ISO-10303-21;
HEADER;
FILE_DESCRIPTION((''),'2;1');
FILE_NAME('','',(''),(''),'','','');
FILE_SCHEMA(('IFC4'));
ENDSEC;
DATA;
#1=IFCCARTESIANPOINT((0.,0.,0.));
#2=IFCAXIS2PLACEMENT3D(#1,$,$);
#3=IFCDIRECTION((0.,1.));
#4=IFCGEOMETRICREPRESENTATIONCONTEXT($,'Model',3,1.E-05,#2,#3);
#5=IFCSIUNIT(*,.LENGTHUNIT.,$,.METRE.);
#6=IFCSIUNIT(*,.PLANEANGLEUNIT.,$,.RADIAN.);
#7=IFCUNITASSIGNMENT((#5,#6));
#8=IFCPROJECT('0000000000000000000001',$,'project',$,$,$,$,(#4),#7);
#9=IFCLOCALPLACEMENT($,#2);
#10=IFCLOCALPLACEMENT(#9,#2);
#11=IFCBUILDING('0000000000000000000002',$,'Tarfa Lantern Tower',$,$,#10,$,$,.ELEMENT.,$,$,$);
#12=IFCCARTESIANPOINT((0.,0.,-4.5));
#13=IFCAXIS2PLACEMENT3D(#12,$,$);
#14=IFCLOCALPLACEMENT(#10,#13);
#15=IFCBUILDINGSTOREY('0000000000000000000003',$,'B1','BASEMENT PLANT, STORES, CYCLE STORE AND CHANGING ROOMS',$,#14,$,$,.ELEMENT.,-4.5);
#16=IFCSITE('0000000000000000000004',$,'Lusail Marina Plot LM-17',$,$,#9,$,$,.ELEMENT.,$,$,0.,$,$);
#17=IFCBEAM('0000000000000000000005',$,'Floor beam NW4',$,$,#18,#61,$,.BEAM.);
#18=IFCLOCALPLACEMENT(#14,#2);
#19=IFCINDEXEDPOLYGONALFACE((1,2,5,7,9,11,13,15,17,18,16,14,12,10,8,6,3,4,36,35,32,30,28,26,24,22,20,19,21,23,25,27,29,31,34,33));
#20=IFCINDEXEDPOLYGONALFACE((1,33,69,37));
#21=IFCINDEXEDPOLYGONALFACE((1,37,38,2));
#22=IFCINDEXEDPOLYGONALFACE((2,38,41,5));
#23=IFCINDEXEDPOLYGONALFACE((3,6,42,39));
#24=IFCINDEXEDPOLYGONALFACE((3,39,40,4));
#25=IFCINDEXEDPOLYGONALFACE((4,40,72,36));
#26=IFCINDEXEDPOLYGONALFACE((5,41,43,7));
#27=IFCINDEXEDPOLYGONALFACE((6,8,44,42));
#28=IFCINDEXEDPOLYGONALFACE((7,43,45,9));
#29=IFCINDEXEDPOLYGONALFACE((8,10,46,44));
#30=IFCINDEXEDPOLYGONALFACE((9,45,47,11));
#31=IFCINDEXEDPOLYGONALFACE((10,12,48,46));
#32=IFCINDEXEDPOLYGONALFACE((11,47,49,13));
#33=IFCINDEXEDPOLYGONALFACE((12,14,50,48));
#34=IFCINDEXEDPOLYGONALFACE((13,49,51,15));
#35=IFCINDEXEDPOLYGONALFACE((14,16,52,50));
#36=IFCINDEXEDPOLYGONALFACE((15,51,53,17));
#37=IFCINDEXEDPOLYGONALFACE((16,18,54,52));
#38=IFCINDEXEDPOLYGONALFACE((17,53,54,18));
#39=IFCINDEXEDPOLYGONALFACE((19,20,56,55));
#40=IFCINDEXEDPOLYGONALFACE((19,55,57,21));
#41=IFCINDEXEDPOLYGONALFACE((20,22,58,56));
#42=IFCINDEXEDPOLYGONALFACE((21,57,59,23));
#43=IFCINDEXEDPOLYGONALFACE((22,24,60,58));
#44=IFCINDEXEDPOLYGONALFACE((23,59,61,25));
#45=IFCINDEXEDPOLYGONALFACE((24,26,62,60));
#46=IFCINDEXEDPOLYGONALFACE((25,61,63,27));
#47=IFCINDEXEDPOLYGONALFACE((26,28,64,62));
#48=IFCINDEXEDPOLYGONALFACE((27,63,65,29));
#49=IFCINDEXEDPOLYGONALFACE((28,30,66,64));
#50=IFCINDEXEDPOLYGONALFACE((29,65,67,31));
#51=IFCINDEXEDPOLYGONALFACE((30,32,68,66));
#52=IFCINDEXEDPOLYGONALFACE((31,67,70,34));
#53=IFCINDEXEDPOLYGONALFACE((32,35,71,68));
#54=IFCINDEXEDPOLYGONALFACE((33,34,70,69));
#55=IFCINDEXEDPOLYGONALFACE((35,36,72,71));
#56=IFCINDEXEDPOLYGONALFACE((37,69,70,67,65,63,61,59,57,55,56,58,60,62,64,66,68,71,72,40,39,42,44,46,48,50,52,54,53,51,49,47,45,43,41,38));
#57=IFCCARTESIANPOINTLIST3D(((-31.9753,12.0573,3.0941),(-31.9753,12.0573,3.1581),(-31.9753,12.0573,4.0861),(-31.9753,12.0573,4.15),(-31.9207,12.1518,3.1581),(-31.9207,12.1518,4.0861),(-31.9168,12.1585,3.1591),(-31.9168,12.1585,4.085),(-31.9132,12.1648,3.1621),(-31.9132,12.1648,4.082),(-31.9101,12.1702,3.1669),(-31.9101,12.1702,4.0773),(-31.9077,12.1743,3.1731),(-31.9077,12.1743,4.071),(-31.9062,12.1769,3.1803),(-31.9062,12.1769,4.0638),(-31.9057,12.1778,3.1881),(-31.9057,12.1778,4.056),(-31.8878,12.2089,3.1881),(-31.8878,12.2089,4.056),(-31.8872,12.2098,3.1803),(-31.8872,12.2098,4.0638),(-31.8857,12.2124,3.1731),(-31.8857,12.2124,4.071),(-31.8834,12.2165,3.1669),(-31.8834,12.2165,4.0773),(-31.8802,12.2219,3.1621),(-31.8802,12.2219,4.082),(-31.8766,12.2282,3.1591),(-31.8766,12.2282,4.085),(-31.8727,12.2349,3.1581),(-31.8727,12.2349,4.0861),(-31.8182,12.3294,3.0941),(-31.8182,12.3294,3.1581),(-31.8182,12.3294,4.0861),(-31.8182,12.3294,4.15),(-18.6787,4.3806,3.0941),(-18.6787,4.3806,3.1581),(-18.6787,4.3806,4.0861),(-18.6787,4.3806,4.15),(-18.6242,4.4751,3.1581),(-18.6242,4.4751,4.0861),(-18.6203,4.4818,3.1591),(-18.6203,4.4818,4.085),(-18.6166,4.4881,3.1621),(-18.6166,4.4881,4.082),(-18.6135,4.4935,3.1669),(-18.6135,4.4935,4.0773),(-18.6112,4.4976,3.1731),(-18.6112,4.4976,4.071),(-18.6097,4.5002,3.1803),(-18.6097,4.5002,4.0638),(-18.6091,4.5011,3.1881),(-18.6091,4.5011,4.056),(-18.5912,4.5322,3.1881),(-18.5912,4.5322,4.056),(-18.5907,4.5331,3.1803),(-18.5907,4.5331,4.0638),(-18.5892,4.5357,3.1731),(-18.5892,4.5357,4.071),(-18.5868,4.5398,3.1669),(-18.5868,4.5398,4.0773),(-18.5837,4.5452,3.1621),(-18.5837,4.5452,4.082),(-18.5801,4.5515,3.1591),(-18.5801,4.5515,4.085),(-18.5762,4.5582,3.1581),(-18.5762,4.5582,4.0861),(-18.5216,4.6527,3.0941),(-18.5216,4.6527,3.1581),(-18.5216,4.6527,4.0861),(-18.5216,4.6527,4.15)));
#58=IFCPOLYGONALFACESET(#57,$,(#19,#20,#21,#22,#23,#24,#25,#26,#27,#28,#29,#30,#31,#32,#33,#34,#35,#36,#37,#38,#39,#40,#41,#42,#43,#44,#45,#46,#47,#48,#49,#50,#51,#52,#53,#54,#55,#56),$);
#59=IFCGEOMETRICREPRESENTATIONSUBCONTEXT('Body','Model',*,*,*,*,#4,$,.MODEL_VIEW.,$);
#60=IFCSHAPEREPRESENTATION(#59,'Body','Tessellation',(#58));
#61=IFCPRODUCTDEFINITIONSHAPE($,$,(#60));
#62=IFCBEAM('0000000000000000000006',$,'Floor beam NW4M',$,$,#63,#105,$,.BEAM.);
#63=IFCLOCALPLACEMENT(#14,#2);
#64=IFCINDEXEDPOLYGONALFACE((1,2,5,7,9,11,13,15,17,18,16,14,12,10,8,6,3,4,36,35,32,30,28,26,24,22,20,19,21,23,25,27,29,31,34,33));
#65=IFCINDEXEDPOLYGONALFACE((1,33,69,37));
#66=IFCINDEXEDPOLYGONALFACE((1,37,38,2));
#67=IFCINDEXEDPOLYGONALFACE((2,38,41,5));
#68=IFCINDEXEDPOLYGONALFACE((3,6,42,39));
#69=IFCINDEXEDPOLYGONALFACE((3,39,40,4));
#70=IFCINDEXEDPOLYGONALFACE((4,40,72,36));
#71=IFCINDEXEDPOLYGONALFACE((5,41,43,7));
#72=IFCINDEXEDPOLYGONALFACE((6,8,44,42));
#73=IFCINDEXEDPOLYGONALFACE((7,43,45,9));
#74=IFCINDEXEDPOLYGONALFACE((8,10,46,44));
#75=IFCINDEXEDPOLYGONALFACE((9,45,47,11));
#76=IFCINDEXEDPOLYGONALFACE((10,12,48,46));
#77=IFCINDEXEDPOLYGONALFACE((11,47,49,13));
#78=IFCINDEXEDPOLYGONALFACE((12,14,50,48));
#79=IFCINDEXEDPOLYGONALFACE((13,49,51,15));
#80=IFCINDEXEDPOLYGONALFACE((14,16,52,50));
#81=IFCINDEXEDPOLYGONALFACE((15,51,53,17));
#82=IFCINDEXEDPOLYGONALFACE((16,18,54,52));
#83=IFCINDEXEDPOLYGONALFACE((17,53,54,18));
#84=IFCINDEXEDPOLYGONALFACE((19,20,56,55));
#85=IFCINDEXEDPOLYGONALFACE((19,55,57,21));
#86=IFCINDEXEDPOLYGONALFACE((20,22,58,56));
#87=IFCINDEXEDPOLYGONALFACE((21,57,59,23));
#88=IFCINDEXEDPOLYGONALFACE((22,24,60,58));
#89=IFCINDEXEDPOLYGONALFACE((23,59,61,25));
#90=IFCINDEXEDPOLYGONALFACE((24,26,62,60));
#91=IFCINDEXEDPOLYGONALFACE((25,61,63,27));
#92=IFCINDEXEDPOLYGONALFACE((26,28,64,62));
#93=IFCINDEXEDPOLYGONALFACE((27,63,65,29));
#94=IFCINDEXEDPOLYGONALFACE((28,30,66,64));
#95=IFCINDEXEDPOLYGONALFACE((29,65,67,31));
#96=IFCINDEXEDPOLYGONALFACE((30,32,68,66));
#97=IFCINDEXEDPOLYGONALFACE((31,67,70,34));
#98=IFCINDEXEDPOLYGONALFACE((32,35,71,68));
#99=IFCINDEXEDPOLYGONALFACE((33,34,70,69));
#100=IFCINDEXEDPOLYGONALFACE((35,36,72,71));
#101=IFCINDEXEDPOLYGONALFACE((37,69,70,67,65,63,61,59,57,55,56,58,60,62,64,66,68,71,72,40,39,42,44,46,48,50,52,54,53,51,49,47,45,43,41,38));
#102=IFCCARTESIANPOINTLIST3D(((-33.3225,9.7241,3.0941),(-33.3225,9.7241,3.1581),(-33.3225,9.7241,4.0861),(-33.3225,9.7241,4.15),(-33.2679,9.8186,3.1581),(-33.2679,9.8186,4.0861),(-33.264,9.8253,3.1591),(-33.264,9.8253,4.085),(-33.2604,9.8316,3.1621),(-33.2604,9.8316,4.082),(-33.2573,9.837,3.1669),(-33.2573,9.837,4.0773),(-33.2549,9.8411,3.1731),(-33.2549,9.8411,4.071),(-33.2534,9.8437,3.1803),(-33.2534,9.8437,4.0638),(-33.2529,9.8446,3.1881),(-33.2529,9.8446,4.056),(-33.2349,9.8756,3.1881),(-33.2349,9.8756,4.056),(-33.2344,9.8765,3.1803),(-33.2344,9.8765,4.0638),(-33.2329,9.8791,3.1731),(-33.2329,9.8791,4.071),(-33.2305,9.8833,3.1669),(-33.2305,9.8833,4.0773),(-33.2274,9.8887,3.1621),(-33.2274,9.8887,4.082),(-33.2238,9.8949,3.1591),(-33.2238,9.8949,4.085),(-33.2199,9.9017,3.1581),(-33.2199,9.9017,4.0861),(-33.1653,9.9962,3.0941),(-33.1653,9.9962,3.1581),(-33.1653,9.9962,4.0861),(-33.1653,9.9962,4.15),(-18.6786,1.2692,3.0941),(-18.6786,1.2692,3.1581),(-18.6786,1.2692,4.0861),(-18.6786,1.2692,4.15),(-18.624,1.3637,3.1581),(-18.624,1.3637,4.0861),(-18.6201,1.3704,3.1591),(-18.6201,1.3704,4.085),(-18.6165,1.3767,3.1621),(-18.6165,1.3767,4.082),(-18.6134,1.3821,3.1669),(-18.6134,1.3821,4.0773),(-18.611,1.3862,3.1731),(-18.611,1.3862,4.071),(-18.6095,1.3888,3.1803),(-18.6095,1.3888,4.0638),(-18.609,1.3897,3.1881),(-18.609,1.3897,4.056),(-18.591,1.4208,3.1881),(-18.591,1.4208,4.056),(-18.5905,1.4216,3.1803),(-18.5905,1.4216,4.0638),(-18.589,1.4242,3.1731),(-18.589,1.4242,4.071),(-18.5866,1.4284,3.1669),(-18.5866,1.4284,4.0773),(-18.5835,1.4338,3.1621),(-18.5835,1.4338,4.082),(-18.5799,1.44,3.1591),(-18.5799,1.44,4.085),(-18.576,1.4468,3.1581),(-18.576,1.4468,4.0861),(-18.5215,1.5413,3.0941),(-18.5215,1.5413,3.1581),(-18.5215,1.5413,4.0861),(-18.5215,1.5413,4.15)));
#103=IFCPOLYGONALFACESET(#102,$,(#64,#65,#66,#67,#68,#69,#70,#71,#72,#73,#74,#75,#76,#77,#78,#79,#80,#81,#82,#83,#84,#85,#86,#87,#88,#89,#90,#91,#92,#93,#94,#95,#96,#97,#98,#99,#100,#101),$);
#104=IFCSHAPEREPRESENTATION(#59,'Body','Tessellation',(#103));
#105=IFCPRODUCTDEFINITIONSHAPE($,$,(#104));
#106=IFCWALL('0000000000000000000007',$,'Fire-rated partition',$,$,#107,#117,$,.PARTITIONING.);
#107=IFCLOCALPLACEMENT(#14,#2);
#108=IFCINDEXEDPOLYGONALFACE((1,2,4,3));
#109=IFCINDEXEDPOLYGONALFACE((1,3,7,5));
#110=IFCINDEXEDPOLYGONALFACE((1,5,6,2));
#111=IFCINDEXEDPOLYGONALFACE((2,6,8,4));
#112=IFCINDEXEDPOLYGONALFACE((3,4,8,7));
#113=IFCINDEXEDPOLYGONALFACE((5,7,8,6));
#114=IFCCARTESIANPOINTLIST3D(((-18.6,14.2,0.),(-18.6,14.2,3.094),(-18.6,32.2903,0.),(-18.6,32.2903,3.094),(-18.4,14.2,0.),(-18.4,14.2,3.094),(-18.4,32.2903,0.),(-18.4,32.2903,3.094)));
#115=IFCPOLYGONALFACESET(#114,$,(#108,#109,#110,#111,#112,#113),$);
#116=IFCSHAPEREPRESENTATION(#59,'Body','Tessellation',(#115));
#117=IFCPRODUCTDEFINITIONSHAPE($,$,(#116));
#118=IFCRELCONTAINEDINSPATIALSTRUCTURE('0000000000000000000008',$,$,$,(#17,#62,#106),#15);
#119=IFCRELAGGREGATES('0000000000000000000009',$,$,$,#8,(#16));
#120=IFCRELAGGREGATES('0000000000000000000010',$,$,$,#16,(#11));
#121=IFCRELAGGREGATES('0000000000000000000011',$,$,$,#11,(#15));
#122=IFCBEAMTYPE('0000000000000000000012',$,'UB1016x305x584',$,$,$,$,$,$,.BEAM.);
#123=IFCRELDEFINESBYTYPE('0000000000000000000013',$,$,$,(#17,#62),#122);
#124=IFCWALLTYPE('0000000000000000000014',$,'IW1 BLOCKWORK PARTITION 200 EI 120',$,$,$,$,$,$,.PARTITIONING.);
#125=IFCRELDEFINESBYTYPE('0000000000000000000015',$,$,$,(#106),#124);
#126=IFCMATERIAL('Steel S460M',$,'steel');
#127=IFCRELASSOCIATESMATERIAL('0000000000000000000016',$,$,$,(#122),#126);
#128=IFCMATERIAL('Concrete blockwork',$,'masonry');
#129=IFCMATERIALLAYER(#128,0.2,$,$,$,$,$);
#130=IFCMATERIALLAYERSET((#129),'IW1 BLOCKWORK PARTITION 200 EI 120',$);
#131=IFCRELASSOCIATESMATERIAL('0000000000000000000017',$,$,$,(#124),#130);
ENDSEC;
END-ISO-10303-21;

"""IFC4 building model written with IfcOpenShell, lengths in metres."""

from ifc_helpers import new_model, si_unit, direction, frame, frame_2d, origin, origin_2d, place, context, subcontext, project, spatial, rectangle, i_section, extrude, material, layer, layer_set, material_profile, profile_set, type_object, element, save


model = new_model("IFC4")

# Units and contexts
model_context = context("Model", 3, precision=1e-05, world=origin(), true_north=direction((0.0, 1.0)))
body_context = subcontext(model_context, "Body", "Model", "MODEL_VIEW")
ifc_project = project(units=[si_unit("LENGTHUNIT", "METRE"), si_unit("PLANEANGLEUNIT", "RADIAN")], contexts=[model_context])

# Site, building, storey
site_placement = place(None, origin())
site = spatial("IfcSite", under=ifc_project, at=site_placement, Name="Lusail Marina Plot LM-17", CompositionType="ELEMENT", RefElevation=0.0)
building_placement = place(site_placement, origin())
building = spatial("IfcBuilding", under=site, at=building_placement, Name="Tarfa Lantern Tower", CompositionType="ELEMENT")
storey_placement = place(building_placement, frame((0.0, 0.0, -4.5)))
storey = spatial("IfcBuildingStorey", under=building, at=storey_placement, Name="B1", Description="BASEMENT PLANT, STORES, CYCLE STORE AND CHANGING ROOMS", CompositionType="ELEMENT", Elevation=-4.5)

# Beams
ifc_material_1 = material(Name="Steel S460M", Category="steel")
ifc_material_profile_1 = material_profile(ifc_material_1, i_section(OverallWidth=0.3142, OverallDepth=1.0559, WebThickness=0.0359, FlangeThickness=0.064, FilletRadius=0.03, at=origin_2d()), Name="UB1016x305x584")
ifc_profile_set_1 = profile_set([ifc_material_profile_1], Name="Steel S460M")
beam_type_1 = type_object("IfcBeamType", Name="UB1016x305x584", PredefinedType="BEAM", material=ifc_profile_set_1)
beam_1_placement = place(storey_placement, frame((-31.8967, 12.1934, 3.6221), z_axis=(0.866027, -0.499997, 0.0), x_axis=(0.499997, 0.866027, 0.0)))
element("IfcBeam", 1, at=beam_1_placement, inside=storey, type_object=beam_type_1, Name="Floor beam NW4", PredefinedType="BEAM", context=body_context, shape_type="SweptSolid", body=[
    extrude(i_section(OverallWidth=0.3142, OverallDepth=1.0559, WebThickness=0.0359, FlangeThickness=0.064, FilletRadius=0.03, at=origin_2d()), origin(), (0.0, 0.0, 1.0), 15.3535),
])
beam_2_placement = place(storey_placement, frame((-33.2439, 9.8601, 3.6221), z_axis=(0.866019, -0.50001, 0.0), x_axis=(0.50001, 0.866019, 0.0)))
element("IfcBeam", 2, at=beam_2_placement, inside=storey, type_object=beam_type_1, Name="Floor beam NW4M", PredefinedType="BEAM", context=body_context, shape_type="SweptSolid", body=[
    extrude(i_section(OverallWidth=0.3142, OverallDepth=1.0559, WebThickness=0.0359, FlangeThickness=0.064, FilletRadius=0.03, at=origin_2d()), origin(), (0.0, 0.0, 1.0), 16.9094),
])

# Wall
ifc_material_2 = material(Name="Concrete blockwork", Category="masonry")
ifc_layer_1 = layer(ifc_material_2, 0.2)
ifc_layer_set_1 = layer_set([ifc_layer_1], Name="IW1 BLOCKWORK PARTITION 200 EI 120")
wall_type_1 = type_object("IfcWallType", Name="IW1 BLOCKWORK PARTITION 200 EI 120", PredefinedType="PARTITIONING", material=ifc_layer_set_1)
wall_1_placement = place(storey_placement, frame((-18.5, 14.2, 0.0), z_axis=(0.0, 0.0, 1.0), x_axis=(0.0, 1.0, 0.0)))
element("IfcWall", 3, at=wall_1_placement, inside=storey, type_object=wall_type_1, Name="Fire-rated partition", PredefinedType="PARTITIONING", context=body_context, shape_type="SweptSolid", body=[
    extrude(rectangle(XDim=18.0903, YDim=0.2, at=frame_2d((9.0452, 0.0))), origin(), (0.0, 0.0, 1.0), 3.094),
])

save(model, "model.ifc")
